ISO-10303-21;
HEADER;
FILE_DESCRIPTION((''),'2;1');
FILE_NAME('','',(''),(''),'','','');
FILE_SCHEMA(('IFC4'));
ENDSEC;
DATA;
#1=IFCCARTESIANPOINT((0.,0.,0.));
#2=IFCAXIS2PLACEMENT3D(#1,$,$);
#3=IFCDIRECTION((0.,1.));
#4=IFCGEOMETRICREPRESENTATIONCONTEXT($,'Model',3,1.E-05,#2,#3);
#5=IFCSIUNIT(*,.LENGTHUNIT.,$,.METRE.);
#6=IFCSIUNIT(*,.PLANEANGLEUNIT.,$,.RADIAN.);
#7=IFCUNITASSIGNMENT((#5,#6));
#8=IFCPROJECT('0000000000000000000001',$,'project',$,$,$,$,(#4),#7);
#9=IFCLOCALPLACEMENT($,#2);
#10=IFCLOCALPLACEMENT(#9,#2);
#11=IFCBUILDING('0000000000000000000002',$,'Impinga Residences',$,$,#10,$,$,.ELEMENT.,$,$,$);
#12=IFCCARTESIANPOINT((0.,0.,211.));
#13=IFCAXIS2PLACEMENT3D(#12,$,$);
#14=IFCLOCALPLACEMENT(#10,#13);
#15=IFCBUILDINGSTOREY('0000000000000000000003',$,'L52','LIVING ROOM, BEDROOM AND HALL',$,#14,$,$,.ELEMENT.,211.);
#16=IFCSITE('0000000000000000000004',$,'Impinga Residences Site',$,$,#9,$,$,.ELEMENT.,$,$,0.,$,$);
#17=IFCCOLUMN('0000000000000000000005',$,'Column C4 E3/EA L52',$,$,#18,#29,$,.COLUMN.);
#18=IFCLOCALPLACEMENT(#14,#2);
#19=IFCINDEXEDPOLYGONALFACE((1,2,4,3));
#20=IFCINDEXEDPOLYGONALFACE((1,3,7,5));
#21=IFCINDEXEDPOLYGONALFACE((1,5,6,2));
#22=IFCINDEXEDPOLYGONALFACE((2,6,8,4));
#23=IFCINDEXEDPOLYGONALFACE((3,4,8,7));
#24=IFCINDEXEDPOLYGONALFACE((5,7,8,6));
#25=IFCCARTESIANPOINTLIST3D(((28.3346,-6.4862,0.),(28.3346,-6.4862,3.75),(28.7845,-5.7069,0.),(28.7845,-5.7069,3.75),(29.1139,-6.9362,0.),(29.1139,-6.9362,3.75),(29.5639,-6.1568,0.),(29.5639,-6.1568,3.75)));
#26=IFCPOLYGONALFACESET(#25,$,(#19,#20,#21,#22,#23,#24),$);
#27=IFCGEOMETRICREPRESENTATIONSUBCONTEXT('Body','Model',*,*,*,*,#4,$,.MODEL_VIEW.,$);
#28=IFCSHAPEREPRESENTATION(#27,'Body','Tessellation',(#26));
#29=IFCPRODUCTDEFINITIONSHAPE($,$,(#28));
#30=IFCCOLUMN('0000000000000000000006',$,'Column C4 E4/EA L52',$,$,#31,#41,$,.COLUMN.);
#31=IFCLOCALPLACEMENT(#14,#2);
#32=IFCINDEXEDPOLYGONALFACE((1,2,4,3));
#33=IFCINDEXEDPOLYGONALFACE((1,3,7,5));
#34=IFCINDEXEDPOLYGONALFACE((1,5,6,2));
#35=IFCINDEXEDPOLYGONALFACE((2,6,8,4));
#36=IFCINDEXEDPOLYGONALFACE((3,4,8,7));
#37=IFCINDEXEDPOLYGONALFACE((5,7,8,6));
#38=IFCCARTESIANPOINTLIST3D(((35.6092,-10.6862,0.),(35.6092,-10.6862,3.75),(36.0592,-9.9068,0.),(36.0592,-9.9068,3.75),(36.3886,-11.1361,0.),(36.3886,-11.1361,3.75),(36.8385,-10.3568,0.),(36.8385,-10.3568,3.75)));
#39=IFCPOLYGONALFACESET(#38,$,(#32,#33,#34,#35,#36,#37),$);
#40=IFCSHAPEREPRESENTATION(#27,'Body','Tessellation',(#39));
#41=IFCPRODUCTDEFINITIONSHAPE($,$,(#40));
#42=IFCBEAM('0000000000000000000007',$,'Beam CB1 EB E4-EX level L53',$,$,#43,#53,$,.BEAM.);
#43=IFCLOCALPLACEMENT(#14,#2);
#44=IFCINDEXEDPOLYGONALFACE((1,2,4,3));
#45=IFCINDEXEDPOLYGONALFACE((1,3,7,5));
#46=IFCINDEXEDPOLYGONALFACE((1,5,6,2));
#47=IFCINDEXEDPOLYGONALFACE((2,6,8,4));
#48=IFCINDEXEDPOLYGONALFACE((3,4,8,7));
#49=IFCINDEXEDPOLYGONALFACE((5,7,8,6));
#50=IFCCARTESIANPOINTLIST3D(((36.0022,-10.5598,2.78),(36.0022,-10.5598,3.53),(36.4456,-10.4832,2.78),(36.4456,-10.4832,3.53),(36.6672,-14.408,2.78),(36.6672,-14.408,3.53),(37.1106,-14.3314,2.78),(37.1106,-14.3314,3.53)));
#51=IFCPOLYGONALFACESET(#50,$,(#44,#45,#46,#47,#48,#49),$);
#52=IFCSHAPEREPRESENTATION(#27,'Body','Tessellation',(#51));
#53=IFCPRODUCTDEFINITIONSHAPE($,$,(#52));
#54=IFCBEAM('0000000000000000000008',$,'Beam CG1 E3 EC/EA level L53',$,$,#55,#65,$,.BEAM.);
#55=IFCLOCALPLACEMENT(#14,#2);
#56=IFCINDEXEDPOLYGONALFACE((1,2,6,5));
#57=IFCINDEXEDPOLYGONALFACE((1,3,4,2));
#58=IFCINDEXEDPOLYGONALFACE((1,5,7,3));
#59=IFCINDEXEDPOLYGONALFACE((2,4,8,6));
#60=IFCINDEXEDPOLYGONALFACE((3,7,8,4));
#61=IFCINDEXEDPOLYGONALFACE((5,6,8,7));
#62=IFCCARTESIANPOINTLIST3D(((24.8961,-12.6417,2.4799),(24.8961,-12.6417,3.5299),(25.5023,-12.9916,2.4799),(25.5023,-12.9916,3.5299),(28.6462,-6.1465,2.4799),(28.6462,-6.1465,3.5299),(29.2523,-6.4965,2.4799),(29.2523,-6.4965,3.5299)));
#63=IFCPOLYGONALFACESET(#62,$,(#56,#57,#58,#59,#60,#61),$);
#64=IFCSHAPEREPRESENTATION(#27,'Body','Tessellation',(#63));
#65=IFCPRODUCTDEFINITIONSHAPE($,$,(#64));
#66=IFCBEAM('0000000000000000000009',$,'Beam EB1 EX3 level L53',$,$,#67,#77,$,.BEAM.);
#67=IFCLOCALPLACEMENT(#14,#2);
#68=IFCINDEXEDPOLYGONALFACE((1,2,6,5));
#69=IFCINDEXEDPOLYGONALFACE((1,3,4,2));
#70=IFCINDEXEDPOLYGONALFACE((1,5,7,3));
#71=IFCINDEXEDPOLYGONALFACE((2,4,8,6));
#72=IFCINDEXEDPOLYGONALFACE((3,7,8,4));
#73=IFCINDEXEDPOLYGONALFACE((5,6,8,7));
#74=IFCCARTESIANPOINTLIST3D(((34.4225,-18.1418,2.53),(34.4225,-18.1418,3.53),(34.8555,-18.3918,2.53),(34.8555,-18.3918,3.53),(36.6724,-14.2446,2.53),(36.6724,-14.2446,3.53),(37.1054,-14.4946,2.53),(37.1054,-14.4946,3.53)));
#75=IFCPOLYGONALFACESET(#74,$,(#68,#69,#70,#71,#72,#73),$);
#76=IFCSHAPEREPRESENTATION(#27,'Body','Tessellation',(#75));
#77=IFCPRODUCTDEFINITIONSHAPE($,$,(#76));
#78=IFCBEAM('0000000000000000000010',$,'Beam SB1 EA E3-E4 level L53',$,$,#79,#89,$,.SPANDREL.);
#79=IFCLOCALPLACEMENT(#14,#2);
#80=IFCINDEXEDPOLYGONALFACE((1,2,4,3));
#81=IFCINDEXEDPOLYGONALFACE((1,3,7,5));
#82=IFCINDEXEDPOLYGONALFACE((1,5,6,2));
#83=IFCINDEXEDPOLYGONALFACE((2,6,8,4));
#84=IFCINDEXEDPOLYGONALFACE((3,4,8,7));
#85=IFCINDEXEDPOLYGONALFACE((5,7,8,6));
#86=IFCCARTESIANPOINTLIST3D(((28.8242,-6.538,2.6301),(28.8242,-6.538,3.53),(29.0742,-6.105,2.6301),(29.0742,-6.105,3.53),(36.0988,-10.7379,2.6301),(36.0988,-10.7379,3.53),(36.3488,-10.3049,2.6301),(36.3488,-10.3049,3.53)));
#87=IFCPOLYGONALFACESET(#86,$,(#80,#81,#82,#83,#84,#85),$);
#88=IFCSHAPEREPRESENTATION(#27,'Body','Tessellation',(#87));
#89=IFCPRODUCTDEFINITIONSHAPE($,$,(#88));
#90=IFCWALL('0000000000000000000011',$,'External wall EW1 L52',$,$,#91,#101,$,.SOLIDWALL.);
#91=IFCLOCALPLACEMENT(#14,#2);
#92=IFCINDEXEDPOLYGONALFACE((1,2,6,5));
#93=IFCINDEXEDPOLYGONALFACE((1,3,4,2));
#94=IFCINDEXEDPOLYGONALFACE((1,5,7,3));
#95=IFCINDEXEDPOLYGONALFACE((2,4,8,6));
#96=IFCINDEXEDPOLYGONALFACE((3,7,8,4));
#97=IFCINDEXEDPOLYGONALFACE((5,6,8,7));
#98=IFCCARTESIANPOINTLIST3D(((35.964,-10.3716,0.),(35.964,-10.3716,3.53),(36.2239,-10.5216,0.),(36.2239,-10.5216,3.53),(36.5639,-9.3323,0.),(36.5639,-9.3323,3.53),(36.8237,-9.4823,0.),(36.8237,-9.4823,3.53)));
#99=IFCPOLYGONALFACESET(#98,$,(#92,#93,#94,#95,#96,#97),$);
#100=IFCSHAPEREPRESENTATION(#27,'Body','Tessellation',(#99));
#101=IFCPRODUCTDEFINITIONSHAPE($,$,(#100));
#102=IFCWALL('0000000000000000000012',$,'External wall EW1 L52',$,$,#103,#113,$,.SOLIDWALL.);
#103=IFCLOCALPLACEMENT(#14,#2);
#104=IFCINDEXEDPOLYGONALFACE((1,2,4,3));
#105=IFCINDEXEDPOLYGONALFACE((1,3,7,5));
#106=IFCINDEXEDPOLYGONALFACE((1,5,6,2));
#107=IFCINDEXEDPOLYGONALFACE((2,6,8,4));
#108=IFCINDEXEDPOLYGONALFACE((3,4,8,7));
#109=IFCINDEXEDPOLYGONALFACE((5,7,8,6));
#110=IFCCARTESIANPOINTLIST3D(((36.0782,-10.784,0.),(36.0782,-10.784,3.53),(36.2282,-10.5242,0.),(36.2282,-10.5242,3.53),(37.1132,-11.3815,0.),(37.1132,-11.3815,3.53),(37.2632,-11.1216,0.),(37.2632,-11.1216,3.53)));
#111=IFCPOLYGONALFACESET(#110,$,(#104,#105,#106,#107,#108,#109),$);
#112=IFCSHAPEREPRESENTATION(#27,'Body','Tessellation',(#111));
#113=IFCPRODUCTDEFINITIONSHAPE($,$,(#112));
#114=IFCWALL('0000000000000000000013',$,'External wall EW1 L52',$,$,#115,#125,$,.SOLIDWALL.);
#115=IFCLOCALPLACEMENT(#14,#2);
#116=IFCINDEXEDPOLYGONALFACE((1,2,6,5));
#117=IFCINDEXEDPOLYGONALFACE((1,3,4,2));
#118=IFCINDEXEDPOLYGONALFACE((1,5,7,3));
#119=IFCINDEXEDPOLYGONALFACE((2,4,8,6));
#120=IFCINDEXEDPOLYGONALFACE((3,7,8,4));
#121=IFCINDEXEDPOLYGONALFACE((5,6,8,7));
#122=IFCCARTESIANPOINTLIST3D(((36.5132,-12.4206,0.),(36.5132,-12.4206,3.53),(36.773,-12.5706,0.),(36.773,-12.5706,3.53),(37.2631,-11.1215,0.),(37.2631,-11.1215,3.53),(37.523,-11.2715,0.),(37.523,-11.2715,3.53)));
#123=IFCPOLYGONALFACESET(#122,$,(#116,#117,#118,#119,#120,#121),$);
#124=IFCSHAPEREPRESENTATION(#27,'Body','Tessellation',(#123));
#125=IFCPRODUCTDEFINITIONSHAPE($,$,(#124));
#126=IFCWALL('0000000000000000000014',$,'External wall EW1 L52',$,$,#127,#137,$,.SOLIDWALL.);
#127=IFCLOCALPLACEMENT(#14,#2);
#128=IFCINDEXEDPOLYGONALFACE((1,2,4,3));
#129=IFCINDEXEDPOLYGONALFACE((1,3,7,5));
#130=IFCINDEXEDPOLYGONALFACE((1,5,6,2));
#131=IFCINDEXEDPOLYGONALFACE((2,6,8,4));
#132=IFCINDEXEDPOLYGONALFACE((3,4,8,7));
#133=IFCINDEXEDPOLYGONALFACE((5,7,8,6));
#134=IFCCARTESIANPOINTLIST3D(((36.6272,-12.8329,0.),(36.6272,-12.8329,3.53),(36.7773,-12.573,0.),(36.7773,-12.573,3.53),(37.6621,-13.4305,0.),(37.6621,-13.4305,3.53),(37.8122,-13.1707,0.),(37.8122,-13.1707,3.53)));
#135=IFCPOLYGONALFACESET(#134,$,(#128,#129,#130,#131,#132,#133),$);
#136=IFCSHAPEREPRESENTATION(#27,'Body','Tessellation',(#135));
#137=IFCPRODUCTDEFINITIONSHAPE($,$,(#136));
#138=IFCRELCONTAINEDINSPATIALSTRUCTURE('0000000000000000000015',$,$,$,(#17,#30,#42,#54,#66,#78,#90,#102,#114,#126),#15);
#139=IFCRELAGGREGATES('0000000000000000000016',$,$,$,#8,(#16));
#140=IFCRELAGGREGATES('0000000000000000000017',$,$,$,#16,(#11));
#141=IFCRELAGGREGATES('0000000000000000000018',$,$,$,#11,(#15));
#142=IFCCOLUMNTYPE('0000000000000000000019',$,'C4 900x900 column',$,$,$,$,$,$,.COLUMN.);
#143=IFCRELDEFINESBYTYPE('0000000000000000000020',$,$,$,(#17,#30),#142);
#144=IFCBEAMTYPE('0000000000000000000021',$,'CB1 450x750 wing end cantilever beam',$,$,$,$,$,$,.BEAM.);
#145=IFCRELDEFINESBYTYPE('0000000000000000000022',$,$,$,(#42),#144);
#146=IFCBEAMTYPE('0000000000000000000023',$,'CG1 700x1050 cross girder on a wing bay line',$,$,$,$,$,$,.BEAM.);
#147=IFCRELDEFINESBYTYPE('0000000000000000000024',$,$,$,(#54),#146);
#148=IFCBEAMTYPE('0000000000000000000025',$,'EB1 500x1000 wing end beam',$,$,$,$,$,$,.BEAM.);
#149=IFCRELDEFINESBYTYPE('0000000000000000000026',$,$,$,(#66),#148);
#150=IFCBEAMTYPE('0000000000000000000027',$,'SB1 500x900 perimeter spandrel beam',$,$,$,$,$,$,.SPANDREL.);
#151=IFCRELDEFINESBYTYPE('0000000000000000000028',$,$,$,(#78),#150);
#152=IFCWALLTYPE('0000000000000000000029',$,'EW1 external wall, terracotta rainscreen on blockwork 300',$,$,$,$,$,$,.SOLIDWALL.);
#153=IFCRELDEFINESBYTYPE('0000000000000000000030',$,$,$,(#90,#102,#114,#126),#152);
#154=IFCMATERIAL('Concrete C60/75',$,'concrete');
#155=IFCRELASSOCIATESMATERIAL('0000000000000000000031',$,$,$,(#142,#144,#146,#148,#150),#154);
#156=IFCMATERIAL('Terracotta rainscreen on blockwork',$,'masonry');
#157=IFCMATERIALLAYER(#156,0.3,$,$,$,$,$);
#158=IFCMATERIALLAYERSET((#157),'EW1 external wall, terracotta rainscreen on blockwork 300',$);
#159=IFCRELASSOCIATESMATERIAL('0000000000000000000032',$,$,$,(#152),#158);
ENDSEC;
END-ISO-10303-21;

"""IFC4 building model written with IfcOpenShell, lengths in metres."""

from ifc_helpers import new_model, si_unit, direction, frame, frame_2d, origin, origin_2d, place, context, subcontext, project, spatial, rectangle, extrude, material, layer, layer_set, material_profile, profile_set, type_object, element, save


model = new_model("IFC4")

# Units and contexts
model_context = context("Model", 3, precision=1e-05, world=origin(), true_north=direction((0.0, 1.0)))
body_context = subcontext(model_context, "Body", "Model", "MODEL_VIEW")
ifc_project = project(units=[si_unit("LENGTHUNIT", "METRE"), si_unit("PLANEANGLEUNIT", "RADIAN")], contexts=[model_context])

# Site, building, storey
site_placement = place(None, origin())
site = spatial("IfcSite", under=ifc_project, at=site_placement, Name="Impinga Residences Site", CompositionType="ELEMENT", RefElevation=0.0)
building_placement = place(site_placement, origin())
building = spatial("IfcBuilding", under=site, at=building_placement, Name="Impinga Residences", CompositionType="ELEMENT")
storey_placement = place(building_placement, frame((0.0, 0.0, 211.0)))
storey = spatial("IfcBuildingStorey", under=building, at=storey_placement, Name="L52", Description="LIVING ROOM, BEDROOM AND HALL", CompositionType="ELEMENT", Elevation=211.0)

# Columns
ifc_material_1 = material(Name="Concrete C60/75", Category="concrete")
ifc_material_profile_1 = material_profile(ifc_material_1, rectangle(XDim=0.8999, YDim=0.8999, at=origin_2d()), Name="RC 900x900")
ifc_profile_set_1 = profile_set([ifc_material_profile_1], Name="Concrete C60/75")
column_type = type_object("IfcColumnType", Name="C4 900x900 column", PredefinedType="COLUMN", material=ifc_profile_set_1)
for number, where, z_axis, x_axis, name in (
    (1, (28.9492, -6.3215, 0.0), (0.0, 0.0, 1.0), (-0.5, -0.866025, 0.0), "Column C4 E3/EA L52"),
    (2, (36.2239, -10.5215, 0.0), (0.0, 0.0, 1.0), (-0.5, -0.866025, 0.0), "Column C4 E4/EA L52"),
):
    element("IfcColumn", number, at=place(storey_placement, frame(where, z_axis=z_axis, x_axis=x_axis)), inside=storey, type_object=column_type, Name=name, PredefinedType="COLUMN", context=body_context, shape_type="SweptSolid", body=[
        extrude(rectangle(XDim=0.8999, YDim=0.8999, at=origin_2d()), origin(), (0.0, 0.0, 1.0), 3.75),
    ])

# Beams
ifc_material_profile_2 = material_profile(ifc_material_1, rectangle(XDim=0.45, YDim=0.75, at=origin_2d()), Name="RC 450x750")
ifc_profile_set_2 = profile_set([ifc_material_profile_2], Name="Concrete C60/75")
beam_type_1 = type_object("IfcBeamType", Name="CB1 450x750 wing end cantilever beam", PredefinedType="BEAM", material=ifc_profile_set_2)
beam_1_placement = place(storey_placement, frame((36.2239, -10.5215, 3.155), z_axis=(0.170296, -0.985393, 0.0), x_axis=(0.985393, 0.170296, 0.0)))
element("IfcBeam", 3, at=beam_1_placement, inside=storey, type_object=beam_type_1, Name="Beam CB1 EB E4-EX level L53", PredefinedType="BEAM", context=body_context, shape_type="SweptSolid", body=[
    extrude(rectangle(XDim=0.45, YDim=0.75, at=origin_2d()), origin(), (0.0, 0.0, 1.0), 3.9053),
])
ifc_material_profile_3 = material_profile(ifc_material_1, rectangle(XDim=0.7, YDim=1.05, at=origin_2d()), Name="RC 700x1050")
ifc_profile_set_3 = profile_set([ifc_material_profile_3], Name="Concrete C60/75")
beam_type_2 = type_object("IfcBeamType", Name="CG1 700x1050 cross girder on a wing bay line", PredefinedType="BEAM", material=ifc_profile_set_3)
beam_2_placement = place(storey_placement, frame((25.1992, -12.8167, 3.0049), z_axis=(0.500004, 0.866023, 0.0), x_axis=(-0.866023, 0.500004, 0.0)))
element("IfcBeam", 4, at=beam_2_placement, inside=storey, type_object=beam_type_2, Name="Beam CG1 E3 EC/EA level L53", PredefinedType="BEAM", context=body_context, shape_type="SweptSolid", body=[
    extrude(rectangle(XDim=0.7, YDim=1.05, at=origin_2d()), origin(), (0.0, 0.0, 1.0), 7.5),
])
ifc_material_profile_4 = material_profile(ifc_material_1, rectangle(XDim=0.5, YDim=1.0, at=origin_2d()), Name="RC 500x1000")
ifc_profile_set_4 = profile_set([ifc_material_profile_4], Name="Concrete C60/75")
beam_type_3 = type_object("IfcBeamType", Name="EB1 500x1000 wing end beam", PredefinedType="BEAM", material=ifc_profile_set_4)
beam_3_placement = place(storey_placement, frame((36.8889, -14.3696, 3.03), z_axis=(-0.49999, -0.866031, 0.0), x_axis=(0.866031, -0.49999, 0.0)))
element("IfcBeam", 5, at=beam_3_placement, inside=storey, type_object=beam_type_3, Name="Beam EB1 EX3 level L53", PredefinedType="BEAM", context=body_context, shape_type="SweptSolid", body=[
    extrude(rectangle(XDim=0.5, YDim=1.0, at=origin_2d()), origin(), (0.0, 0.0, 1.0), 4.5),
])
ifc_material_profile_5 = material_profile(ifc_material_1, rectangle(XDim=0.5, YDim=0.8999, at=origin_2d()), Name="RC 500x900")
ifc_profile_set_5 = profile_set([ifc_material_profile_5], Name="Concrete C60/75")
beam_type_4 = type_object("IfcBeamType", Name="SB1 500x900 perimeter spandrel beam", PredefinedType="SPANDREL", material=ifc_profile_set_5)
beam_4_placement = place(storey_placement, frame((28.9492, -6.3215, 3.0801), z_axis=(0.866029, -0.499993, 0.0), x_axis=(0.499993, 0.866029, 0.0)))
element("IfcBeam", 6, at=beam_4_placement, inside=storey, type_object=beam_type_4, Name="Beam SB1 EA E3-E4 level L53", PredefinedType="SPANDREL", context=body_context, shape_type="SweptSolid", body=[
    extrude(rectangle(XDim=0.5, YDim=0.8999, at=origin_2d()), origin(), (0.0, 0.0, 1.0), 8.3999),
])

# Walls
ifc_material_2 = material(Name="Terracotta rainscreen on blockwork", Category="masonry")
ifc_layer_1 = layer(ifc_material_2, 0.3)
ifc_layer_set_1 = layer_set([ifc_layer_1], Name="EW1 external wall, terracotta rainscreen on blockwork 300")
wall_type_1 = type_object("IfcWallType", Name="EW1 external wall, terracotta rainscreen on blockwork 300", PredefinedType="SOLIDWALL", material=ifc_layer_set_1)
wall_1_placement = place(storey_placement, frame((36.6938, -9.4072, 0.0), z_axis=(0.0, 0.0, 1.0), x_axis=(-0.499881, -0.866094, 0.0)))
element("IfcWall", 7, at=wall_1_placement, inside=storey, type_object=wall_type_1, Name="External wall EW1 L52", PredefinedType="SOLIDWALL", context=body_context, shape_type="SweptSolid", body=[
    extrude(rectangle(XDim=1.2, YDim=0.3, at=frame_2d((0.6001, 0.0))), origin(), (0.0, 0.0, 1.0), 3.53),
])
wall_2_placement = place(storey_placement, frame((36.1531, -10.6541, 0.0), z_axis=(0.0, 0.0, 1.0), x_axis=(0.86606, -0.499941, 0.0)))
element("IfcWall", 8, at=wall_2_placement, inside=storey, type_object=wall_type_1, Name="External wall EW1 L52", PredefinedType="SOLIDWALL", context=body_context, shape_type="SweptSolid", body=[
    extrude(rectangle(XDim=1.1951, YDim=0.3, at=frame_2d((0.5977, 0.0))), origin(), (0.0, 0.0, 1.0), 3.53),
])
wall_3_placement = place(storey_placement, frame((37.3931, -11.1965, 0.0), z_axis=(0.0, 0.0, 1.0), x_axis=(-0.49999, -0.866031, 0.0)))
element("IfcWall", 9, at=wall_3_placement, inside=storey, type_object=wall_type_1, Name="External wall EW1 L52", PredefinedType="SOLIDWALL", context=body_context, shape_type="SweptSolid", body=[
    extrude(rectangle(XDim=1.5, YDim=0.3, at=frame_2d((0.75, 0.0))), origin(), (0.0, 0.0, 1.0), 3.53),
])
wall_4_placement = place(storey_placement, frame((36.7021, -12.7029, 0.0), z_axis=(0.0, 0.0, 1.0), x_axis=(0.865971, -0.500094, 0.0)))
element("IfcWall", 10, at=wall_4_placement, inside=storey, type_object=wall_type_1, Name="External wall EW1 L52", PredefinedType="SOLIDWALL", context=body_context, shape_type="SweptSolid", body=[
    extrude(rectangle(XDim=1.1951, YDim=0.3, at=frame_2d((0.5977, 0.0))), origin(), (0.0, 0.0, 1.0), 3.53),
])

save(model, "model.ifc")
